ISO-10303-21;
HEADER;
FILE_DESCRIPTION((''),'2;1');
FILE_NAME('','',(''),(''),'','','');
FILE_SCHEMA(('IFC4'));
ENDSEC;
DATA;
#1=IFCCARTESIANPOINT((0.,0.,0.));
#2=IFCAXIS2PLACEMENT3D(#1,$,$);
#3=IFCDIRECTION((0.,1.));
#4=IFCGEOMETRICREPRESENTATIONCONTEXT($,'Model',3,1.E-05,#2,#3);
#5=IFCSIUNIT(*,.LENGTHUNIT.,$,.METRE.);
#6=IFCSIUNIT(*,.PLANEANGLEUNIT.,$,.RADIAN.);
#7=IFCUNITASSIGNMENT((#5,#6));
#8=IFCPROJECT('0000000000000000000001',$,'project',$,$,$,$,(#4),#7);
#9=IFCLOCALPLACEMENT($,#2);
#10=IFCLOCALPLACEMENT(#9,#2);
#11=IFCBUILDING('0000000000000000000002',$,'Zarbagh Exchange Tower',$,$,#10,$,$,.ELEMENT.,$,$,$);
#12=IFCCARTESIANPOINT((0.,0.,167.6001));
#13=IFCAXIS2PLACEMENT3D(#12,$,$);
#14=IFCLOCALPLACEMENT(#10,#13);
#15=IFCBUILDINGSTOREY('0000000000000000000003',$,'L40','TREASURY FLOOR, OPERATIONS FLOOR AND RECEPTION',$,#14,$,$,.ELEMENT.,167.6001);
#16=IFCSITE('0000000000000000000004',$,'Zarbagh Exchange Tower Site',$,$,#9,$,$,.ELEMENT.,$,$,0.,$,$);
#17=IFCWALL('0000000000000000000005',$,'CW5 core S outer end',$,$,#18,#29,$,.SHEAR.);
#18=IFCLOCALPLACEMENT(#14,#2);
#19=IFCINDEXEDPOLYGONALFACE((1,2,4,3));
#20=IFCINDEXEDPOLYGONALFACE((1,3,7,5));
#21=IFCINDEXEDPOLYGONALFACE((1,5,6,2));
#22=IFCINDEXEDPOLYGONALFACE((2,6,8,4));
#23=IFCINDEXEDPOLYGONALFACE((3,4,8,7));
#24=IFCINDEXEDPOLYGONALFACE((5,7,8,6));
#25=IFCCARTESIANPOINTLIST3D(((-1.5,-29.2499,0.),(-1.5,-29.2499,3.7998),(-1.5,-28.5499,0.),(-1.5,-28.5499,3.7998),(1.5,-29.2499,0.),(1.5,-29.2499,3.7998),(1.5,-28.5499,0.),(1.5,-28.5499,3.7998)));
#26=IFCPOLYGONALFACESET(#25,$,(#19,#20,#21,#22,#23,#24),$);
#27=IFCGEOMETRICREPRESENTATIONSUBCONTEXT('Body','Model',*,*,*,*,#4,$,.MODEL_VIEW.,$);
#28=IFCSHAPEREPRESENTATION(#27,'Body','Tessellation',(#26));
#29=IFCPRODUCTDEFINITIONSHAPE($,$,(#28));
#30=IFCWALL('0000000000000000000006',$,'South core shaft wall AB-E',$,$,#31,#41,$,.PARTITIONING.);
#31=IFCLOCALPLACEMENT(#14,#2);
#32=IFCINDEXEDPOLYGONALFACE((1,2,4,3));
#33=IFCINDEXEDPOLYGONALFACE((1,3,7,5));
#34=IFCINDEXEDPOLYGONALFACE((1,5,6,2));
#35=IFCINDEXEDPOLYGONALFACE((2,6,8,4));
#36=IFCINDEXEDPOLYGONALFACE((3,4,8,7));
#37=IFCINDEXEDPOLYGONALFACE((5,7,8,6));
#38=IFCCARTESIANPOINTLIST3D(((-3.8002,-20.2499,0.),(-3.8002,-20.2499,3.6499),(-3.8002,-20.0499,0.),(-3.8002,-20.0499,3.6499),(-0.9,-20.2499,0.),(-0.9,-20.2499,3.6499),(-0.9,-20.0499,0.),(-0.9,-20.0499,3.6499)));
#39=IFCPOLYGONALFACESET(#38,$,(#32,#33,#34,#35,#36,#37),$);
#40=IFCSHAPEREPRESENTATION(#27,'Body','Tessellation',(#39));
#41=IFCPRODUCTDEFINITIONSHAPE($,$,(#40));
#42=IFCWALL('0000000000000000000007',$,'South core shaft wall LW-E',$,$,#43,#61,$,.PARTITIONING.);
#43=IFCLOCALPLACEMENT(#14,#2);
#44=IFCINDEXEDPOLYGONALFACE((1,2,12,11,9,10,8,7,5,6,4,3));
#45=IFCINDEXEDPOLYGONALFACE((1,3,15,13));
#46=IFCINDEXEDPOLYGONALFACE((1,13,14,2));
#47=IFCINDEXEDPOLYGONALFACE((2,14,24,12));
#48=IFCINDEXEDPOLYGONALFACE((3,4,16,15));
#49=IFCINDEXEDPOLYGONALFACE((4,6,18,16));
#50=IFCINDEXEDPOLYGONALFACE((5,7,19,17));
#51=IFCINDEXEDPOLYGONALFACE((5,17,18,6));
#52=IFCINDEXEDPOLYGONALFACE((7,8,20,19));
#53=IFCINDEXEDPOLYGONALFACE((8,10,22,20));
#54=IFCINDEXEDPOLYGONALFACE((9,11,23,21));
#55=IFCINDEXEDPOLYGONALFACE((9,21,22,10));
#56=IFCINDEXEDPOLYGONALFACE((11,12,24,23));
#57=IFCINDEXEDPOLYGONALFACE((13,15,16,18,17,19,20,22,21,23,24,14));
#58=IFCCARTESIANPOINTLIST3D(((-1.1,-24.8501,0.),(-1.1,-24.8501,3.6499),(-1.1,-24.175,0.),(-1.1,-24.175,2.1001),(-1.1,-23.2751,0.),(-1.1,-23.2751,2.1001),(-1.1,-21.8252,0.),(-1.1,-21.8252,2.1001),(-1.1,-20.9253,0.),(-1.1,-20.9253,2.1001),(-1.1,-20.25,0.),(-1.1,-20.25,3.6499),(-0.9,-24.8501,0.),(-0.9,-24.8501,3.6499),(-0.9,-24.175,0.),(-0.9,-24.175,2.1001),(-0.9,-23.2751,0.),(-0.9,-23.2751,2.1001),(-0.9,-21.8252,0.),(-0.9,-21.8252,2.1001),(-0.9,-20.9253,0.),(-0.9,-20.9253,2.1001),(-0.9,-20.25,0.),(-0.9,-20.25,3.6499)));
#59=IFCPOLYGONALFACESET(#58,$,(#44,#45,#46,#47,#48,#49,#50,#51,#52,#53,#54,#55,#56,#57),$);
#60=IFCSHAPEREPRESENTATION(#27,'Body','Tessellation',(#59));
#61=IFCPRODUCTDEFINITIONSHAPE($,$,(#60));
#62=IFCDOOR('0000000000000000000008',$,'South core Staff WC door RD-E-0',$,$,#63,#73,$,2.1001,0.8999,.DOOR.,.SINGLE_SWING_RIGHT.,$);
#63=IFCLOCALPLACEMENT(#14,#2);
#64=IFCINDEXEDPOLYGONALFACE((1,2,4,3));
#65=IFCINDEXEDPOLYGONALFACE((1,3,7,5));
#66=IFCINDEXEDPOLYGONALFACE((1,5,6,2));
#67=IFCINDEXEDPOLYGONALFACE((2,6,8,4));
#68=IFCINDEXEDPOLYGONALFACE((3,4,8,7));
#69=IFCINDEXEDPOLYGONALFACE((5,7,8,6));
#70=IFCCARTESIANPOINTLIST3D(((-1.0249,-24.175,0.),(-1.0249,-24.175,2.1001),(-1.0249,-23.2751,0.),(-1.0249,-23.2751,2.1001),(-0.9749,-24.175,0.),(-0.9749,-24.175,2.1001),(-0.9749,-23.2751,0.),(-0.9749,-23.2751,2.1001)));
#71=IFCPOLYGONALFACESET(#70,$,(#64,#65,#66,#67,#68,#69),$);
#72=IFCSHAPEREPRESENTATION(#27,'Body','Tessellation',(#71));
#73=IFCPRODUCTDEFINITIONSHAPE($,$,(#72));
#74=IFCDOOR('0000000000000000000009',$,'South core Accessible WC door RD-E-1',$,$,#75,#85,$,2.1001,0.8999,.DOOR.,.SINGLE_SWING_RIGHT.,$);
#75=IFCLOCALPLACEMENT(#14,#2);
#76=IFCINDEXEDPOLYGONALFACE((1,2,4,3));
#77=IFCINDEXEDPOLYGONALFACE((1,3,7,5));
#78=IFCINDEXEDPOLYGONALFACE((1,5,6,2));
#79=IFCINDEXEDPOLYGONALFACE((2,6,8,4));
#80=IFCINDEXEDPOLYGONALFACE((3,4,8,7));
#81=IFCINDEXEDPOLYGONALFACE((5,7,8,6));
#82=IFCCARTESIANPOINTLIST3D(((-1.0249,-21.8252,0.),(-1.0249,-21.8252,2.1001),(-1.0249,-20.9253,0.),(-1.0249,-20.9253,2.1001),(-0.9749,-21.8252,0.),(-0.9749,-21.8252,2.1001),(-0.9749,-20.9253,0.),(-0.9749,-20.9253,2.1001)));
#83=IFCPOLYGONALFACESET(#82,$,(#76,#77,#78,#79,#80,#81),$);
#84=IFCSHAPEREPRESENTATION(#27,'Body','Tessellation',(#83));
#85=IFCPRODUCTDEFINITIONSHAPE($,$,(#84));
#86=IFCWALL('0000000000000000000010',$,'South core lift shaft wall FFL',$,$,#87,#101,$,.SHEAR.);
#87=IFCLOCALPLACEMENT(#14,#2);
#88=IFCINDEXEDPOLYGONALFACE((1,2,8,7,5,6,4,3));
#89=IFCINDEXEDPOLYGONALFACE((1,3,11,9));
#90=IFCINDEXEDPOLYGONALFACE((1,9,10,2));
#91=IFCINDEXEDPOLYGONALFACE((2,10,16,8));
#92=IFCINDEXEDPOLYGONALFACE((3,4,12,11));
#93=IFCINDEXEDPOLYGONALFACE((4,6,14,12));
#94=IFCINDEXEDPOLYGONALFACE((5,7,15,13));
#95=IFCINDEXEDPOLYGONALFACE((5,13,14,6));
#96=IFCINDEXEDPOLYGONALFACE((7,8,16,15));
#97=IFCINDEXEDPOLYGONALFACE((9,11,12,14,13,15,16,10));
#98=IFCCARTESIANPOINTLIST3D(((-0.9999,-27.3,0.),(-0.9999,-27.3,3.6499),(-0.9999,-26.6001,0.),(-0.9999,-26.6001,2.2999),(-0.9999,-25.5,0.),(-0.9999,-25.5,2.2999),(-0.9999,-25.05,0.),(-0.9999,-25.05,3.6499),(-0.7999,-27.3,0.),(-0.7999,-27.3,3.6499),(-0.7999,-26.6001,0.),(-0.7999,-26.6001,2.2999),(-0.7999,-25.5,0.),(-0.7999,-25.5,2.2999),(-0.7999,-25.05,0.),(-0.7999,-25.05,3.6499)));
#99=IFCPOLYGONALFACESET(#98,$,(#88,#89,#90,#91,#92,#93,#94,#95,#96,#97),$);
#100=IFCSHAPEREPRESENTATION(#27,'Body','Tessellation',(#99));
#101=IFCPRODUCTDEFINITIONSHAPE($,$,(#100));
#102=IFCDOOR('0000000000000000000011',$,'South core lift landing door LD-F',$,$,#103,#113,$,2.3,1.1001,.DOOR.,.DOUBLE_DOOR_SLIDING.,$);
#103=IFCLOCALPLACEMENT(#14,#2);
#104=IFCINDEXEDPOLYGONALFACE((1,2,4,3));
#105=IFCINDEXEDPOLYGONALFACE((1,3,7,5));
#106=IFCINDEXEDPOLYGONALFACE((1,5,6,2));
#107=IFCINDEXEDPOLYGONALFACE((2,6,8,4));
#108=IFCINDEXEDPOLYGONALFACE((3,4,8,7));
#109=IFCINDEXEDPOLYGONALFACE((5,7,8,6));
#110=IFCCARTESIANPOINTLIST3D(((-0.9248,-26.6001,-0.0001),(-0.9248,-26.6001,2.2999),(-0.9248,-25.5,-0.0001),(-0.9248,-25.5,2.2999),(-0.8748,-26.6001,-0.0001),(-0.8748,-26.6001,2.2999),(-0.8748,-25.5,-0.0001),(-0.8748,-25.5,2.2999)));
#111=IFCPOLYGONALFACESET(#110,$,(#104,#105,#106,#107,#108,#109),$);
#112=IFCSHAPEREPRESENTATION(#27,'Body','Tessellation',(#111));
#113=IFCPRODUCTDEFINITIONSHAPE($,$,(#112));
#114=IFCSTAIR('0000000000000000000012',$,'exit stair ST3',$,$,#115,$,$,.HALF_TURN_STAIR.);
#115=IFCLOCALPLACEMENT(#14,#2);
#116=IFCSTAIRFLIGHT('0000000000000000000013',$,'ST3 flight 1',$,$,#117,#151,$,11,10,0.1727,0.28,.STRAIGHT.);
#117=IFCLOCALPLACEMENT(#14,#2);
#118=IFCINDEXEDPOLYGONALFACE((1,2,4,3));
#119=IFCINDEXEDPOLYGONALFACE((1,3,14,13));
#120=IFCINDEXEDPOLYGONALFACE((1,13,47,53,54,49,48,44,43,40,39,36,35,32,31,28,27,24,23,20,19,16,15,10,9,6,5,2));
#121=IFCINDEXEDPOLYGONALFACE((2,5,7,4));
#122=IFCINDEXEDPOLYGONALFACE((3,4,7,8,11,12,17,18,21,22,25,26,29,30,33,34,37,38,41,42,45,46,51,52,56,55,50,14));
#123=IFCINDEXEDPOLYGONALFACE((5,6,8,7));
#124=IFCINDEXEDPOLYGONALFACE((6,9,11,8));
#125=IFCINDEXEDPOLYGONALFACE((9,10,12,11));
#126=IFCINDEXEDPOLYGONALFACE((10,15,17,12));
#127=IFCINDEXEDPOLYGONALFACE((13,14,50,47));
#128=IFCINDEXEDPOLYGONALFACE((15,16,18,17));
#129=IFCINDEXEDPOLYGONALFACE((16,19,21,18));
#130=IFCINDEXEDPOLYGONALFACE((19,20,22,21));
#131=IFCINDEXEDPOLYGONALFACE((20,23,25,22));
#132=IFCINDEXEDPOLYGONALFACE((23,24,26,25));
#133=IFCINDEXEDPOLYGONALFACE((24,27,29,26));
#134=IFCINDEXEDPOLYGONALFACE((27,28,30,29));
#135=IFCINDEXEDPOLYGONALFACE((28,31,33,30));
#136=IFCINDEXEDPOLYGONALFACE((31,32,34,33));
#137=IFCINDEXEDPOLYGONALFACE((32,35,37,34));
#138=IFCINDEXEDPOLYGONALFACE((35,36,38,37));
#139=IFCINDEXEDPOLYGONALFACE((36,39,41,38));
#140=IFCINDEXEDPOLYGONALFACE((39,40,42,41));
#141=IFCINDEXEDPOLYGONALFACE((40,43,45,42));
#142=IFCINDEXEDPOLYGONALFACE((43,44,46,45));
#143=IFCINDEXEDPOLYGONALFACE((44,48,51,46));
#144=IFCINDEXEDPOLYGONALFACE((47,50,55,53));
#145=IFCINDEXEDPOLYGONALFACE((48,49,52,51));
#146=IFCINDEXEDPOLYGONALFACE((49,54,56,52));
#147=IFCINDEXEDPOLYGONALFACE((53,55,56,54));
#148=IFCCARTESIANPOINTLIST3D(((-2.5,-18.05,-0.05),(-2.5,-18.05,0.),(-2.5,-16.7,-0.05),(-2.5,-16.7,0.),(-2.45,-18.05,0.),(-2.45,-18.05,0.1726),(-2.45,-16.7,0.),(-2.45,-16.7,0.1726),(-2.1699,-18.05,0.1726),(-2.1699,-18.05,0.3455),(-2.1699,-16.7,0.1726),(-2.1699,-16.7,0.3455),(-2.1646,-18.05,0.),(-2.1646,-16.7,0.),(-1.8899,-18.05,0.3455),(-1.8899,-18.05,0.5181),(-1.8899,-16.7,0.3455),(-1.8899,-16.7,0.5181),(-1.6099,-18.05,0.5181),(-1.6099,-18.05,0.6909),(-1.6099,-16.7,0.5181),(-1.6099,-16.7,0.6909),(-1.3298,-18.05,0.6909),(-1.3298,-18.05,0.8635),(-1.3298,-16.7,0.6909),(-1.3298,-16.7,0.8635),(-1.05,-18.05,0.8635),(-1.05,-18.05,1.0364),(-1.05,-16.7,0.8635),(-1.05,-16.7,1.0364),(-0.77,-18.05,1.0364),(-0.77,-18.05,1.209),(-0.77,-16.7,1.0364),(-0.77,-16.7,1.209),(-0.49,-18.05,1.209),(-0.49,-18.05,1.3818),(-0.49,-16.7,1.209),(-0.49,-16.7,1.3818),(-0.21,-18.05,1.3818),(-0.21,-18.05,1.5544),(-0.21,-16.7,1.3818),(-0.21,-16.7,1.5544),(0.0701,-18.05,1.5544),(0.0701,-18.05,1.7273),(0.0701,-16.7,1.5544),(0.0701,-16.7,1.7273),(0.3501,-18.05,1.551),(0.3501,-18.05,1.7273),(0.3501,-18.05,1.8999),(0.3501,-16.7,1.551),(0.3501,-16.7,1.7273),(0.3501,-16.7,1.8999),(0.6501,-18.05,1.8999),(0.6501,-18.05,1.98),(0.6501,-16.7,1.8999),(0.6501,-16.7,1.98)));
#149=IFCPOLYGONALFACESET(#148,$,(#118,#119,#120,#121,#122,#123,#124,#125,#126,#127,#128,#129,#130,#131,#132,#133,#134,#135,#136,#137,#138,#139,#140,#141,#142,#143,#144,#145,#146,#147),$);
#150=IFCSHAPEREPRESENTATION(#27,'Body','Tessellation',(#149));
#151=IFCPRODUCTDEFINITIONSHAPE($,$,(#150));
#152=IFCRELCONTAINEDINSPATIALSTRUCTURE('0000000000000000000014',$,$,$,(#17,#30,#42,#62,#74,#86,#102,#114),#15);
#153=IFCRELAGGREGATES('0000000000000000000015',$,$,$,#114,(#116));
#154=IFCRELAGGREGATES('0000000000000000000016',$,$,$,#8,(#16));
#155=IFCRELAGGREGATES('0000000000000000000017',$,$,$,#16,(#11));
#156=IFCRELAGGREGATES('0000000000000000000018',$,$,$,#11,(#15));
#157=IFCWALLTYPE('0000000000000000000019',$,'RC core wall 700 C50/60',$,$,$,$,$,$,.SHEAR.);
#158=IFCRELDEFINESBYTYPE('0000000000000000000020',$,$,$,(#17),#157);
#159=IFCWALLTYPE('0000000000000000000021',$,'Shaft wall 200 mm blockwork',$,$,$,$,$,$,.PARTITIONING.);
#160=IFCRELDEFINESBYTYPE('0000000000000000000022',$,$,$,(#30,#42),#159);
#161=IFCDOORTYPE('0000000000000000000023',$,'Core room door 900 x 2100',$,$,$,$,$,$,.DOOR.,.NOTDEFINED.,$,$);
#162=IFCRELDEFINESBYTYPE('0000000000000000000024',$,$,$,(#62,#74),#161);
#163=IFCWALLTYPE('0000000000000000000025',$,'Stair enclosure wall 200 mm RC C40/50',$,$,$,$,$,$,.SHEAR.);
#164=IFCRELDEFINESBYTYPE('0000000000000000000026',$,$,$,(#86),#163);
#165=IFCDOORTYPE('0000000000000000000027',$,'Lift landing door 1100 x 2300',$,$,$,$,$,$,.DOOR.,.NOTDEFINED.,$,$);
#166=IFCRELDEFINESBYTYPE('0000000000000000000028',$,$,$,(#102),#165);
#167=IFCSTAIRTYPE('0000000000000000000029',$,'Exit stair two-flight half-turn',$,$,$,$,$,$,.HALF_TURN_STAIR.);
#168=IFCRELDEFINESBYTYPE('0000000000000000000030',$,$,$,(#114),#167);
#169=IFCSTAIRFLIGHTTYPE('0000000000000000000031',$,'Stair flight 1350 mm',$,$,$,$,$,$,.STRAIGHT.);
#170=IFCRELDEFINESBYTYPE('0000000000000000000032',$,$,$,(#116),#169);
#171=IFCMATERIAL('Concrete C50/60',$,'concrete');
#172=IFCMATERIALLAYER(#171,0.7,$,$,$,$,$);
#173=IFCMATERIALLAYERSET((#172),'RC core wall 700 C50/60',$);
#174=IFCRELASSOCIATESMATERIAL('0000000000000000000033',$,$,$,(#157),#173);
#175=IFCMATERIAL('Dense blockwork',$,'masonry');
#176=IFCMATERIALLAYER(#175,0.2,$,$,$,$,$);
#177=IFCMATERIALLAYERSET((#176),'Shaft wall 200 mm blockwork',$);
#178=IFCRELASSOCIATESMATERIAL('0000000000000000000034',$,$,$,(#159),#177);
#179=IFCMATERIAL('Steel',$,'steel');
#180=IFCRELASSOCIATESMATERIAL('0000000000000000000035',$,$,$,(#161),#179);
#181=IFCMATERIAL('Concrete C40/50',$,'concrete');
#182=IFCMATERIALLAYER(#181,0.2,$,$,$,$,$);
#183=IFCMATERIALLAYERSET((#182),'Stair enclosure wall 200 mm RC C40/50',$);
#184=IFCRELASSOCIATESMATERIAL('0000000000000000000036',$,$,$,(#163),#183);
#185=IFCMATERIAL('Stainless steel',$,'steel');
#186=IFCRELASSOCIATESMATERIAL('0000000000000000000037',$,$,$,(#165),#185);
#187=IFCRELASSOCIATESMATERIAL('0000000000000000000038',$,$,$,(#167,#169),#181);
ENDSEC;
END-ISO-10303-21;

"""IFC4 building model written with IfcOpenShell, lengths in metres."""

from ifc_helpers import new_model, si_unit, direction, frame, frame_2d, origin, place, context, subcontext, project, spatial, polyline, rectangle, outline, extrude, material, layer, layer_set, type_object, element, fill, aggregate, save


model = new_model("IFC4")

# Units and contexts
model_context = context("Model", 3, precision=1e-05, world=origin(), true_north=direction((0.0, 1.0)))
body_context = subcontext(model_context, "Body", "Model", "MODEL_VIEW")
ifc_project = project(units=[si_unit("LENGTHUNIT", "METRE"), si_unit("PLANEANGLEUNIT", "RADIAN")], contexts=[model_context])

# Site, building, storey
site_placement = place(None, origin())
site = spatial("IfcSite", under=ifc_project, at=site_placement, Name="Zarbagh Exchange Tower Site", CompositionType="ELEMENT", RefElevation=0.0)
building_placement = place(site_placement, origin())
building = spatial("IfcBuilding", under=site, at=building_placement, Name="Zarbagh Exchange Tower", CompositionType="ELEMENT")
storey_placement = place(building_placement, frame((0.0, 0.0, 167.6001)))
storey = spatial("IfcBuildingStorey", under=building, at=storey_placement, Name="L40", Description="TREASURY FLOOR, OPERATIONS FLOOR AND RECEPTION", CompositionType="ELEMENT", Elevation=167.6001)

# Shared definitions
ifc_material_1 = material(Name="Concrete C50/60", Category="concrete")

# Shared definitions
ifc_material_2 = material(Name="Concrete C40/50", Category="concrete")

# Shared definitions
ifc_material_3 = material(Name="Dense blockwork", Category="masonry")

# Shared definitions
ifc_layer_1 = layer(ifc_material_1, 0.7)
ifc_layer_set_1 = layer_set([ifc_layer_1], Name="RC core wall 700 C50/60")
wall_type_1 = type_object("IfcWallType", Name="RC core wall 700 C50/60", PredefinedType="SHEAR", material=ifc_layer_set_1)
ifc_material_4 = material(Name="Steel", Category="steel")

# Walls
wall_1_placement = place(storey_placement, frame((-1.5, -28.8999, 0.0), z_axis=(0.0, 0.0, 1.0), x_axis=(1.0, 0.0, 0.0)))
element("IfcWall", 1, at=wall_1_placement, inside=storey, type_object=wall_type_1, Name="CW5 core S outer end", PredefinedType="SHEAR", context=body_context, shape_type="SweptSolid", body=[
    extrude(rectangle(XDim=3.0, YDim=0.7, at=frame_2d((1.5, 0.0))), origin(), (0.0, 0.0, 1.0), 3.7998),
])
ifc_layer_2 = layer(ifc_material_3, 0.2)
ifc_layer_set_2 = layer_set([ifc_layer_2], Name="Shaft wall 200 mm blockwork")
wall_type_2 = type_object("IfcWallType", Name="Shaft wall 200 mm blockwork", PredefinedType="PARTITIONING", material=ifc_layer_set_2)
wall_2_placement = place(storey_placement, frame((-0.8999, -20.1499, 0.0), z_axis=(0.0, 0.0, 1.0), x_axis=(-1.0, 0.0, 0.0)))
element("IfcWall", 2, at=wall_2_placement, inside=storey, type_object=wall_type_2, Name="South core shaft wall AB-E", PredefinedType="PARTITIONING", context=body_context, shape_type="SweptSolid", body=[
    extrude(rectangle(XDim=2.9001, YDim=0.2, at=frame_2d((1.4502, 0.0))), origin(), (0.0, 0.0, 1.0), 3.6499),
])

# Wall, openings, doors
wall_3_placement = place(storey_placement, frame((-1.0, -24.8501, 0.0), z_axis=(0.0, 0.0, 1.0), x_axis=(0.0, 1.0, 0.0)))
wall_3 = element("IfcWall", 3, at=wall_3_placement, inside=storey, type_object=wall_type_2, Name="South core shaft wall LW-E", PredefinedType="PARTITIONING", context=body_context, shape_type="SweptSolid", body=[
    extrude(rectangle(XDim=4.6001, YDim=0.2, at=frame_2d((2.3, 0.0))), origin(), (0.0, 0.0, 1.0), 3.6499),
])
opening_1_placement = place(wall_3_placement, frame((0.675, 0.0, 0.0)))
opening_1 = element("IfcOpeningElement", 4, at=opening_1_placement, cuts=wall_3, PredefinedType="OPENING", context=body_context, shape_type="SweptSolid", body=[
    extrude(rectangle(XDim=0.8999, YDim=2.1001, at=frame_2d((0.45, 1.05))), frame((0.0, 0.1099, 0.0), z_axis=(0.0, -1.0, 0.0), x_axis=(1.0, 0.0, 0.0)), (0.0, 0.0, 1.0), 0.22),
])
opening_2_placement = place(wall_3_placement, frame((3.0249, 0.0, 0.0)))
opening_2 = element("IfcOpeningElement", 5, at=opening_2_placement, cuts=wall_3, PredefinedType="OPENING", context=body_context, shape_type="SweptSolid", body=[
    extrude(rectangle(XDim=0.8999, YDim=2.1001, at=frame_2d((0.45, 1.05))), frame((0.0, 0.1099, 0.0), z_axis=(0.0, -1.0, 0.0), x_axis=(1.0, 0.0, 0.0)), (0.0, 0.0, 1.0), 0.22),
])
door_type_1 = type_object("IfcDoorType", Name="Core room door 900 x 2100", OperationType="NOTDEFINED", PredefinedType="DOOR", material=ifc_material_4)
door_1_placement = place(opening_1_placement, origin())
door_1 = element("IfcDoor", 6, at=door_1_placement, inside=storey, type_object=door_type_1, Name="South core Staff WC door RD-E-0", OperationType="SINGLE_SWING_RIGHT", OverallHeight=2.1001, OverallWidth=0.8999, PredefinedType="DOOR", context=body_context, shape_type="SweptSolid", body=[
    extrude(rectangle(XDim=0.8999, YDim=2.1001, at=frame_2d((0.45, 1.05))), frame((0.0, 0.0249, 0.0), z_axis=(0.0, -1.0, 0.0), x_axis=(1.0, 0.0, 0.0)), (0.0, 0.0, 1.0), 0.05),
])
fill(opening_1, door_1)
door_2_placement = place(opening_2_placement, origin())
door_2 = element("IfcDoor", 7, at=door_2_placement, inside=storey, type_object=door_type_1, Name="South core Accessible WC door RD-E-1", OperationType="SINGLE_SWING_RIGHT", OverallHeight=2.1001, OverallWidth=0.8999, PredefinedType="DOOR", context=body_context, shape_type="SweptSolid", body=[
    extrude(rectangle(XDim=0.8999, YDim=2.1001, at=frame_2d((0.45, 1.05))), frame((0.0, 0.0249, 0.0), z_axis=(0.0, -1.0, 0.0), x_axis=(1.0, 0.0, 0.0)), (0.0, 0.0, 1.0), 0.05),
])
fill(opening_2, door_2)

# Wall, opening, door
ifc_layer_3 = layer(ifc_material_2, 0.2)
ifc_layer_set_3 = layer_set([ifc_layer_3], Name="Stair enclosure wall 200 mm RC C40/50")
wall_type_3 = type_object("IfcWallType", Name="Stair enclosure wall 200 mm RC C40/50", PredefinedType="SHEAR", material=ifc_layer_set_3)
wall_4_placement = place(storey_placement, frame((-0.8999, -27.3, 0.0), z_axis=(0.0, 0.0, 1.0), x_axis=(0.0, 1.0, 0.0)))
wall_4 = element("IfcWall", 8, at=wall_4_placement, inside=storey, type_object=wall_type_3, Name="South core lift shaft wall FFL", PredefinedType="SHEAR", context=body_context, shape_type="SweptSolid", body=[
    extrude(rectangle(XDim=2.25, YDim=0.2, at=frame_2d((1.125, 0.0))), origin(), (0.0, 0.0, 1.0), 3.6499),
])
opening_3_placement = place(wall_4_placement, frame((0.7, 0.0, 0.0)))
opening_3 = element("IfcOpeningElement", 9, at=opening_3_placement, cuts=wall_4, PredefinedType="OPENING", context=body_context, shape_type="SweptSolid", body=[
    extrude(rectangle(XDim=1.1001, YDim=2.3, at=frame_2d((0.55, 1.1499))), frame((0.0, 0.1099, 0.0), z_axis=(0.0, -1.0, 0.0), x_axis=(1.0, 0.0, 0.0)), (0.0, 0.0, 1.0), 0.22),
])
ifc_material_5 = material(Name="Stainless steel", Category="steel")
door_type_2 = type_object("IfcDoorType", Name="Lift landing door 1100 x 2300", OperationType="NOTDEFINED", PredefinedType="DOOR", material=ifc_material_5)
door_3_placement = place(opening_3_placement, origin())
door_3 = element("IfcDoor", 10, at=door_3_placement, inside=storey, type_object=door_type_2, Name="South core lift landing door LD-F", OperationType="DOUBLE_DOOR_SLIDING", OverallHeight=2.3, OverallWidth=1.1001, PredefinedType="DOOR", context=body_context, shape_type="SweptSolid", body=[
    extrude(rectangle(XDim=1.1001, YDim=2.3, at=frame_2d((0.55, 1.1499))), frame((0.0, 0.0249, 0.0), z_axis=(0.0, -1.0, 0.0), x_axis=(1.0, 0.0, 0.0)), (0.0, 0.0, 1.0), 0.05),
])
fill(opening_3, door_3)

# Stair, stair flight
stair_type = type_object("IfcStairType", Name="Exit stair two-flight half-turn", PredefinedType="HALF_TURN_STAIR", material=ifc_material_2)
stair_1_placement = place(storey_placement, origin())
stair_1 = element("IfcStair", 11, at=stair_1_placement, inside=storey, type_object=stair_type, Name="exit stair ST3", PredefinedType="HALF_TURN_STAIR")
stair_flight_type_1 = type_object("IfcStairFlightType", Name="Stair flight 1350 mm", PredefinedType="STRAIGHT", material=ifc_material_2)
stair_flight_1_placement = place(storey_placement, frame((-2.45, -17.375, 0.0), z_axis=(0.0, 0.0, 1.0), x_axis=(1.0, 0.0, 0.0)))
stair_flight_1 = element("IfcStairFlight", 12, at=stair_flight_1_placement, type_object=stair_flight_type_1, Name="ST3 flight 1", NumberOfRisers=11, NumberOfTreads=10, PredefinedType="STRAIGHT", RiserHeight=0.1727, TreadLength=0.28, context=body_context, shape_type="SweptSolid", body=[
    extrude(outline(polyline([(-0.05, -0.05), (-0.05, 0.0), (0.0, 0.0), (0.0, 0.1726), (0.28, 0.1726), (0.28, 0.3455), (0.5601, 0.3455), (0.5601, 0.5181), (0.8401, 0.5181), (0.8401, 0.6909), (1.1201, 0.6909), (1.1201, 0.8635), (1.3999, 0.8635), (1.3999, 1.0364), (1.6799, 1.0364), (1.6799, 1.209), (1.96, 1.209), (1.96, 1.3818), (2.24, 1.3818), (2.24, 1.5544), (2.52, 1.5544), (2.52, 1.7273), (2.8, 1.7273), (2.8, 1.8999), (3.1001, 1.98), (3.1001, 1.8999), (2.8, 1.551), (0.2854, 0.0), (-0.05, -0.05)])), frame((0.0, 0.675, 0.0), z_axis=(0.0, -1.0, 0.0), x_axis=(1.0, 0.0, 0.0)), (0.0, 0.0, 1.0), 1.3501),
])
aggregate(stair_1, [stair_flight_1])

save(model, "model.ifc")
